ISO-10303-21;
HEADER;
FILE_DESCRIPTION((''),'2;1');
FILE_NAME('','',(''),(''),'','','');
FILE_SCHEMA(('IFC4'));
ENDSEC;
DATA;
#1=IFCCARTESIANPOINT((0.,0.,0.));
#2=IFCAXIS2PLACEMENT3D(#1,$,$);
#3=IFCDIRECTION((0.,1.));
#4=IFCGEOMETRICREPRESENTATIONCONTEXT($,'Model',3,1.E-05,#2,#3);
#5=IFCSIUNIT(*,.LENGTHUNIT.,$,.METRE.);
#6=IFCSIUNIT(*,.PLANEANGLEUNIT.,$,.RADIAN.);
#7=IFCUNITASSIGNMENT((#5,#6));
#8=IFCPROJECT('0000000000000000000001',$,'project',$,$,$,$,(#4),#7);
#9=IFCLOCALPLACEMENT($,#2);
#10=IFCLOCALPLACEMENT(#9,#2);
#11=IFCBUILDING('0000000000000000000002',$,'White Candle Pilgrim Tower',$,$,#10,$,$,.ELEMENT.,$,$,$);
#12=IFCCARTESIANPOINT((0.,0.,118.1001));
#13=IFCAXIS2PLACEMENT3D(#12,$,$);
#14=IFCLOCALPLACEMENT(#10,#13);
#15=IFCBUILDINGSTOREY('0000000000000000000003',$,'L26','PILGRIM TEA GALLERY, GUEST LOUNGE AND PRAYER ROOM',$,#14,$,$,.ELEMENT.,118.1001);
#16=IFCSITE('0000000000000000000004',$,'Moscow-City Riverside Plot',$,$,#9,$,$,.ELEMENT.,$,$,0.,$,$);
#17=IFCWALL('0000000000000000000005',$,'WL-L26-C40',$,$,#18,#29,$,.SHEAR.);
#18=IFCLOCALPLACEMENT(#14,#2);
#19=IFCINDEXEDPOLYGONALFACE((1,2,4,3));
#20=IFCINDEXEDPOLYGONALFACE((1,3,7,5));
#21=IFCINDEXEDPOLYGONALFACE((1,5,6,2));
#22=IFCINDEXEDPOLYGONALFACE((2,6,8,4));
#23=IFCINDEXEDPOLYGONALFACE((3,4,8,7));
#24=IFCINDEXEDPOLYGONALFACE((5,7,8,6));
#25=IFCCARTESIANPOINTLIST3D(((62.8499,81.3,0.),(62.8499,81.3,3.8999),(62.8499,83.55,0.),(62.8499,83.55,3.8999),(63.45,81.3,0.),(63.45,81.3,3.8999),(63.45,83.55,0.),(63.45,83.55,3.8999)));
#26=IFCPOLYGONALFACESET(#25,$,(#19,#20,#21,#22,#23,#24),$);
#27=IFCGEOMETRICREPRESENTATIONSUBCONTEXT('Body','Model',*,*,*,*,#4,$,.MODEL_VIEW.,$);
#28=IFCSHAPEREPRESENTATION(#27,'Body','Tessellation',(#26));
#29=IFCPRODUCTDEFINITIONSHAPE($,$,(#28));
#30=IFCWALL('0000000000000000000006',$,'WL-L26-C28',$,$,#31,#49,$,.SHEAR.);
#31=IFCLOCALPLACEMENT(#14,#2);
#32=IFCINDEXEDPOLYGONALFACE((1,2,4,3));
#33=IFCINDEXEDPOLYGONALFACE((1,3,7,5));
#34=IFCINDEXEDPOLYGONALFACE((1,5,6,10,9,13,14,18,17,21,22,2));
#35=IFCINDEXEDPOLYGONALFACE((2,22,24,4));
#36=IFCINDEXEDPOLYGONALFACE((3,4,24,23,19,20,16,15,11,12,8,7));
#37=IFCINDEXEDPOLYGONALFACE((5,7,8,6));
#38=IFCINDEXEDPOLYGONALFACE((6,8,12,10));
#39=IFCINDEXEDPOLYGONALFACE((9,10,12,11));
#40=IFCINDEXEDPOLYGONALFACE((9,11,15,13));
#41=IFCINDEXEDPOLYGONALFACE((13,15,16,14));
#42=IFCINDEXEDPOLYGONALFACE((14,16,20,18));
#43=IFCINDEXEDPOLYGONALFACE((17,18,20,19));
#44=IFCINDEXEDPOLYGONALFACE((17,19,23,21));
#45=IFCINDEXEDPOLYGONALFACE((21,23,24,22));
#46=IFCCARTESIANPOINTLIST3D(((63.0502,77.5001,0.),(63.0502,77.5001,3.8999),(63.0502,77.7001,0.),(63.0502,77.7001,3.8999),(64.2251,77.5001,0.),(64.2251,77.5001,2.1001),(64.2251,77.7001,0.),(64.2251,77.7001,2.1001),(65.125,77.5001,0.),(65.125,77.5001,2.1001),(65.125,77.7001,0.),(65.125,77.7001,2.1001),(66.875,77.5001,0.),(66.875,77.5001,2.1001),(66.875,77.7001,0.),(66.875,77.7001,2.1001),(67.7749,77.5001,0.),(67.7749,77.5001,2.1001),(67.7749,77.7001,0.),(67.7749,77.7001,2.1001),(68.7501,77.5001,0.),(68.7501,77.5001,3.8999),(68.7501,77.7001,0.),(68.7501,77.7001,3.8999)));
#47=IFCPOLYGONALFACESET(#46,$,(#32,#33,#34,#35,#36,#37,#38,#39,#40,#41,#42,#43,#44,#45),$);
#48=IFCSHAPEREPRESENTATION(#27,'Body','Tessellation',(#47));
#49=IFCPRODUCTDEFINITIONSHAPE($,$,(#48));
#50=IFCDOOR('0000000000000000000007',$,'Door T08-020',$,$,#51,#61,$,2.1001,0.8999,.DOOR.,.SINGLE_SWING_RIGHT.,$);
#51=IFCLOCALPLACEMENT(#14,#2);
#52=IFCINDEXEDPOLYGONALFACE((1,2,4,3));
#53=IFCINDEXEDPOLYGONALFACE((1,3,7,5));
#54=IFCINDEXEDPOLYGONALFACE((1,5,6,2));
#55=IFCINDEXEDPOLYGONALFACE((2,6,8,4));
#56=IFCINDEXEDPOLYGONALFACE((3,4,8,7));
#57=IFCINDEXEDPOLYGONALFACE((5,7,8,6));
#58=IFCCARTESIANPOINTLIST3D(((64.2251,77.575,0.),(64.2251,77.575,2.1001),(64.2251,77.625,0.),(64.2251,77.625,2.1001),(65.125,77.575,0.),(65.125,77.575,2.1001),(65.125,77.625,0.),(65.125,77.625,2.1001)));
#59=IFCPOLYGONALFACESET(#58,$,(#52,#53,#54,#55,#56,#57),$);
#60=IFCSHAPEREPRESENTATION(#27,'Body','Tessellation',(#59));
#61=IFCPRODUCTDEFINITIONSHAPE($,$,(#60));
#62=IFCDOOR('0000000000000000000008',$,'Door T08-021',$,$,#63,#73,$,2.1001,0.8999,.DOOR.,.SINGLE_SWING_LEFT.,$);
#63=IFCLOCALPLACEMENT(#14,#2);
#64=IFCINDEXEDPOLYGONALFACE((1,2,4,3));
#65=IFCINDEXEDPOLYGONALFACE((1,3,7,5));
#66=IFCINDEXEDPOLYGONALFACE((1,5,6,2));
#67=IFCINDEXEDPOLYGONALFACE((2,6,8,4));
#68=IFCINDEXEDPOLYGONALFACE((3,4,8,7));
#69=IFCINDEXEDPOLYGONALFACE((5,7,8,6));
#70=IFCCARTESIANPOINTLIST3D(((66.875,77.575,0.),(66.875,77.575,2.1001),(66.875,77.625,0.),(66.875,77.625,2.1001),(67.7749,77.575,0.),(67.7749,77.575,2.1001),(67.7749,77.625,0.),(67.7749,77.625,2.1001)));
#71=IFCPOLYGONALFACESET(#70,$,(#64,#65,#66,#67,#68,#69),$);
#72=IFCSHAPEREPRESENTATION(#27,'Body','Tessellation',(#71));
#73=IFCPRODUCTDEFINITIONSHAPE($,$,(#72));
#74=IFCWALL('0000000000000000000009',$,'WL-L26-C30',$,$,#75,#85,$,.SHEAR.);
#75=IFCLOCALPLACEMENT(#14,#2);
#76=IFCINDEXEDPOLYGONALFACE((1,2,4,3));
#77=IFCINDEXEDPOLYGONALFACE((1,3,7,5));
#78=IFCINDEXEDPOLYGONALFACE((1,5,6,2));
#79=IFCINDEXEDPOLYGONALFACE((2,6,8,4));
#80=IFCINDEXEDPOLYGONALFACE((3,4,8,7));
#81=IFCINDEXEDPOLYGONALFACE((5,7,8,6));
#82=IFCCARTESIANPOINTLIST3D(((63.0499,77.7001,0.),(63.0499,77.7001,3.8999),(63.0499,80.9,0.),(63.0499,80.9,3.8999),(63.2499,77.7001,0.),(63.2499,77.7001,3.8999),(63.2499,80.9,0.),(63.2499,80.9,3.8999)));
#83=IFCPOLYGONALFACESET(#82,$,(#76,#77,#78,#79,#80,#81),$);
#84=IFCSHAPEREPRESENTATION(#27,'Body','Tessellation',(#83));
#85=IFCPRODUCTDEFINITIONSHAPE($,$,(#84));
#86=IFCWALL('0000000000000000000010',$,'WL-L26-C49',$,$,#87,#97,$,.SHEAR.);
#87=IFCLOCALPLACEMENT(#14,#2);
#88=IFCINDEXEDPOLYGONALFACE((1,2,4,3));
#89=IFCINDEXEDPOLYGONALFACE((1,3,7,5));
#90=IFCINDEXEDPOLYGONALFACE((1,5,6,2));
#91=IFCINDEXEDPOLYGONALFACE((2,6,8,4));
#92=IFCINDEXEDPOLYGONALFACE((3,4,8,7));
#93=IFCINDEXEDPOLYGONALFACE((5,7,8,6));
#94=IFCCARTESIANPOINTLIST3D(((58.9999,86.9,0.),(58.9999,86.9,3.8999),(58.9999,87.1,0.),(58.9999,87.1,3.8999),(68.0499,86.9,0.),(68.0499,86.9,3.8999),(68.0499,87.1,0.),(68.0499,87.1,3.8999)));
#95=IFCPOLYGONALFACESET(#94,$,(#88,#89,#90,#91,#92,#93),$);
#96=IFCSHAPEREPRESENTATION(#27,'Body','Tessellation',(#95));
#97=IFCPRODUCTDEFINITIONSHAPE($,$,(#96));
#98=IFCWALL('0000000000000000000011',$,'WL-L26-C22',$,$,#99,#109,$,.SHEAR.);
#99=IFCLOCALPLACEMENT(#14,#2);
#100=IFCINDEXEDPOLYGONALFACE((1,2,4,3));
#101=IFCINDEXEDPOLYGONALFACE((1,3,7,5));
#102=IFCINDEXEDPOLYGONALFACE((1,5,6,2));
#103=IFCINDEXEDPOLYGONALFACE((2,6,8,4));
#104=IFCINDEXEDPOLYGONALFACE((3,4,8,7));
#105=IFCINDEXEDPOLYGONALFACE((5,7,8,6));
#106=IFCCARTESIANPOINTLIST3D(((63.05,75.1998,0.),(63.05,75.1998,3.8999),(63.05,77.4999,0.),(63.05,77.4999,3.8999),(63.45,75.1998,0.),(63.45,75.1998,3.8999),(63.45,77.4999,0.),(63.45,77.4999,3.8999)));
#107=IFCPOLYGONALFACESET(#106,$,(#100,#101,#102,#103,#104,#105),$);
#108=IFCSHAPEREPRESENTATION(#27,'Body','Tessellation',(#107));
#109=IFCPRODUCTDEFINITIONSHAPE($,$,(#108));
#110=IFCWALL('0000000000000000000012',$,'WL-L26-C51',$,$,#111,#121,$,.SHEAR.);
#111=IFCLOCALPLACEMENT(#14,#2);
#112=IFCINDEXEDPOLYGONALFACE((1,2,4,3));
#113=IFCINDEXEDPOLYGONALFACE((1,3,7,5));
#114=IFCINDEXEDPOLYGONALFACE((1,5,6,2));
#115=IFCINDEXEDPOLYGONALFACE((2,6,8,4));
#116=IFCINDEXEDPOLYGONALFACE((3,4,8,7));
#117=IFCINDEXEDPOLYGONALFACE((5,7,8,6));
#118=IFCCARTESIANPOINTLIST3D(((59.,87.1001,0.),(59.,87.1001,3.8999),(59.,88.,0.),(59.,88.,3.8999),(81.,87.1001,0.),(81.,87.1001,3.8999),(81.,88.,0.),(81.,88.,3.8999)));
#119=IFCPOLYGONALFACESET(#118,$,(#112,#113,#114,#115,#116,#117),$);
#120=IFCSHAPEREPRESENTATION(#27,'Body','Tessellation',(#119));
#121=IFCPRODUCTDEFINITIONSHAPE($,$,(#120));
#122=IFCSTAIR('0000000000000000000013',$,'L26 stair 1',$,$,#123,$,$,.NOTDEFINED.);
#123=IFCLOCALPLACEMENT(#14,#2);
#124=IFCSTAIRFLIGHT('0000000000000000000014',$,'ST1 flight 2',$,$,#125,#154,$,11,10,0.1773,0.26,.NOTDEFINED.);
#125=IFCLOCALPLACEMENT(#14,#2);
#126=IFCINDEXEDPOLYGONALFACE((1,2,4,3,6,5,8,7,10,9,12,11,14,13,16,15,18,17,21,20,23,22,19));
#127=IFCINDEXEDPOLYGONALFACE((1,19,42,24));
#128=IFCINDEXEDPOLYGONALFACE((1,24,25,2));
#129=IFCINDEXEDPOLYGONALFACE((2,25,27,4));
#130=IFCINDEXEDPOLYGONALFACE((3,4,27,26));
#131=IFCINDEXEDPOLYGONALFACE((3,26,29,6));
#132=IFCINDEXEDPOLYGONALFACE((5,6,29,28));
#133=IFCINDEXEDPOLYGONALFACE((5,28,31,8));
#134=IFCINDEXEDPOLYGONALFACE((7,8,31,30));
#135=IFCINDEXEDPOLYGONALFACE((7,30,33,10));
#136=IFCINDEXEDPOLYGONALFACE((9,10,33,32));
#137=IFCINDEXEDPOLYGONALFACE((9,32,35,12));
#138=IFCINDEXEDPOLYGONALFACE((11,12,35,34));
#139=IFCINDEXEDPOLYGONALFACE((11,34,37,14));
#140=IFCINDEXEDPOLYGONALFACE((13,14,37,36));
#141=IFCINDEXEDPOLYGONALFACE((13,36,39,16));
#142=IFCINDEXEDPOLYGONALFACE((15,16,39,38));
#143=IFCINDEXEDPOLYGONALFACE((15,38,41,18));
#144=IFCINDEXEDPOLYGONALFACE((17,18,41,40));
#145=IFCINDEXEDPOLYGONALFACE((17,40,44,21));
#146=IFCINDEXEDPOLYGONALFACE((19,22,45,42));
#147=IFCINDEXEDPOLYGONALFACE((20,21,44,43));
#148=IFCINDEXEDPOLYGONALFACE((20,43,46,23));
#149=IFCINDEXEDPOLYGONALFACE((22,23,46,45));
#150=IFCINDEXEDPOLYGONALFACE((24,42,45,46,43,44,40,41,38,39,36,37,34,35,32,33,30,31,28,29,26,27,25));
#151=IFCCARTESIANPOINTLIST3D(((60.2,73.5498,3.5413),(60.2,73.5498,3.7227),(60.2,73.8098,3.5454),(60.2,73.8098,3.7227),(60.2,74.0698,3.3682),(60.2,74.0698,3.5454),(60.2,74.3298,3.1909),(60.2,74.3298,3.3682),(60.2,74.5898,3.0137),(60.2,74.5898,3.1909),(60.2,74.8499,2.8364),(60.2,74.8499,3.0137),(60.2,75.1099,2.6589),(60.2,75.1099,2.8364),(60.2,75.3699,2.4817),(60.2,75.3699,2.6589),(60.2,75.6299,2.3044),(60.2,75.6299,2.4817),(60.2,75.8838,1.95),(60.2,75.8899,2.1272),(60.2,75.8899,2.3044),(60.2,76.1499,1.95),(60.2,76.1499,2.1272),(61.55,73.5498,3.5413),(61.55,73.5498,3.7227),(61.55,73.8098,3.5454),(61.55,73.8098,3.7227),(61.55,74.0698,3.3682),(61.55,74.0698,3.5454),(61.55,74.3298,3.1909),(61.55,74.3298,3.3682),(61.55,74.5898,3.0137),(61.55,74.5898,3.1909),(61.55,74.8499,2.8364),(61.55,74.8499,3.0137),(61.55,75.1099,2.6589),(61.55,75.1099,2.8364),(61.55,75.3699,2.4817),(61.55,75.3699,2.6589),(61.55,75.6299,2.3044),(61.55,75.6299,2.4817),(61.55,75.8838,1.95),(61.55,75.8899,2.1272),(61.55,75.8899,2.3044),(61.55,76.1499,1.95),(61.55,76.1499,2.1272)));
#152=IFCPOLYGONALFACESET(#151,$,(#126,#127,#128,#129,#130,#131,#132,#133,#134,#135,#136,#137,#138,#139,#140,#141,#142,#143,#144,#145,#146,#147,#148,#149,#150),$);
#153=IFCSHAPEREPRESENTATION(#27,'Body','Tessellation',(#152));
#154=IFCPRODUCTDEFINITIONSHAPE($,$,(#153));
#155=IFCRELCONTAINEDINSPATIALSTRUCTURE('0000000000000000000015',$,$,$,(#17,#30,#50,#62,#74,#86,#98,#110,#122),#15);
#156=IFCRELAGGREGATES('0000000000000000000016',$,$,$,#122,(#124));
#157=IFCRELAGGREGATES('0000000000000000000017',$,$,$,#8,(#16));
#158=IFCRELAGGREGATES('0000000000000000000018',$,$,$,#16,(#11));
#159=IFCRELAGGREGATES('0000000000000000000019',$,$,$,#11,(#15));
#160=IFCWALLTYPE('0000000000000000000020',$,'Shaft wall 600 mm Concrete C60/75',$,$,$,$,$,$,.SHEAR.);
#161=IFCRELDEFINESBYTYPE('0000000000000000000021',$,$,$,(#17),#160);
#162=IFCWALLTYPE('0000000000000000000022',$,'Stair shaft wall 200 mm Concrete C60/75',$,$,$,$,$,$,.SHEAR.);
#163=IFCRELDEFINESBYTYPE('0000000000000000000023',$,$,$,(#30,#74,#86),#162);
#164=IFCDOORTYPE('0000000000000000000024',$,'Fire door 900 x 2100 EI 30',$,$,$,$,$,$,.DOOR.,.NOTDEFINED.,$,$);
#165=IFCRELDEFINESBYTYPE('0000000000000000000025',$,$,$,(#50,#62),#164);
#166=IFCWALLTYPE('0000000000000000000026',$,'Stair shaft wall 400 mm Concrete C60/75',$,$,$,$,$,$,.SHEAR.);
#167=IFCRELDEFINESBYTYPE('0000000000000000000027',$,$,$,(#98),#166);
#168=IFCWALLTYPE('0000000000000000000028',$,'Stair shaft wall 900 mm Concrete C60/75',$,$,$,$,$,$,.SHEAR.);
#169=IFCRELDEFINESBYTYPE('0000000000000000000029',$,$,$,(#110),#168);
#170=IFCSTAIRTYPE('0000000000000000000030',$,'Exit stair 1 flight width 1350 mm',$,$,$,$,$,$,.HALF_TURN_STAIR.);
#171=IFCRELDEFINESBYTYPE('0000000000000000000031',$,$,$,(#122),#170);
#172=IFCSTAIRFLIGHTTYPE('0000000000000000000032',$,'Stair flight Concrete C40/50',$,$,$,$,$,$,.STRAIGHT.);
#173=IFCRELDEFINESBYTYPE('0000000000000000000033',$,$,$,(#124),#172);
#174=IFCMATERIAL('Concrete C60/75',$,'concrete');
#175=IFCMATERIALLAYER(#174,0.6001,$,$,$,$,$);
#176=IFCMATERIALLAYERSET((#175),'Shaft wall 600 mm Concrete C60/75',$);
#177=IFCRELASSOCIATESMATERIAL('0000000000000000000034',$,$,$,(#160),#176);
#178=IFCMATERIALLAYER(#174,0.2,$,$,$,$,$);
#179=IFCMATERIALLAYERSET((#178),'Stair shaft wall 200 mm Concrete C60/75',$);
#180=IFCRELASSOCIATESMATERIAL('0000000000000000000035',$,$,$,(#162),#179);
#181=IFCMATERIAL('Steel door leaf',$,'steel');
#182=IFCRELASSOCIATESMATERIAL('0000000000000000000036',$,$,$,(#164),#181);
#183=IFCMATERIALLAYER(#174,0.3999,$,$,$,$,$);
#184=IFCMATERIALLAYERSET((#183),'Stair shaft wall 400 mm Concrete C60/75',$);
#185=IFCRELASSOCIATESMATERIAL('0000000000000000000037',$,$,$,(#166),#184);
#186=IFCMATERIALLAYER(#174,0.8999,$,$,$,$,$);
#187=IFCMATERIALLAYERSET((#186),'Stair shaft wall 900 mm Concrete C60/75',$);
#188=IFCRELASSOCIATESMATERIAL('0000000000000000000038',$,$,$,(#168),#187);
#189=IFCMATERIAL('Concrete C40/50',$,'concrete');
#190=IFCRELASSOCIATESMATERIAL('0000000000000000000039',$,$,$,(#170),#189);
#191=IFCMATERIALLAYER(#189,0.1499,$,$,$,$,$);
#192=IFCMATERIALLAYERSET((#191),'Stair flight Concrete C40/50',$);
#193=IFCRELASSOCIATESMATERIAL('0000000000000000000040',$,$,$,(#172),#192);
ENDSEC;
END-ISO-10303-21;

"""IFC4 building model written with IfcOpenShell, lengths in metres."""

from ifc_helpers import new_model, si_unit, direction, frame, frame_2d, origin, place, context, subcontext, project, spatial, polyline, rectangle, outline, extrude, material, layer, layer_set, type_object, element, fill, aggregate, save


model = new_model("IFC4")

# Units and contexts
model_context = context("Model", 3, precision=1e-05, world=origin(), true_north=direction((0.0, 1.0)))
body_context = subcontext(model_context, "Body", "Model", "MODEL_VIEW")
ifc_project = project(units=[si_unit("LENGTHUNIT", "METRE"), si_unit("PLANEANGLEUNIT", "RADIAN")], contexts=[model_context])

# Site, building, storey
site_placement = place(None, origin())
site = spatial("IfcSite", under=ifc_project, at=site_placement, Name="Moscow-City Riverside Plot", CompositionType="ELEMENT", RefElevation=0.0)
building_placement = place(site_placement, origin())
building = spatial("IfcBuilding", under=site, at=building_placement, Name="White Candle Pilgrim Tower", CompositionType="ELEMENT")
storey_placement = place(building_placement, frame((0.0, 0.0, 118.1001)))
storey = spatial("IfcBuildingStorey", under=building, at=storey_placement, Name="L26", Description="PILGRIM TEA GALLERY, GUEST LOUNGE AND PRAYER ROOM", CompositionType="ELEMENT", Elevation=118.1001)

# Shared definitions
ifc_material_1 = material(Name="Concrete C60/75", Category="concrete")
ifc_material_2 = material(Name="Steel door leaf", Category="steel")

# Wall
ifc_layer_1 = layer(ifc_material_1, 0.6001)
ifc_layer_set_1 = layer_set([ifc_layer_1], Name="Shaft wall 600 mm Concrete C60/75")
wall_type_1 = type_object("IfcWallType", Name="Shaft wall 600 mm Concrete C60/75", PredefinedType="SHEAR", material=ifc_layer_set_1)
wall_1_placement = place(storey_placement, frame((63.1499, 81.3, 0.0), z_axis=(0.0, 0.0, 1.0), x_axis=(0.0, 1.0, 0.0)))
element("IfcWall", 1, at=wall_1_placement, inside=storey, type_object=wall_type_1, Name="WL-L26-C40", PredefinedType="SHEAR", context=body_context, shape_type="SweptSolid", body=[
    extrude(rectangle(XDim=2.25, YDim=0.6001, at=frame_2d((1.125, 0.0))), origin(), (0.0, 0.0, 1.0), 3.8999),
])

# Wall, openings, doors
ifc_layer_2 = layer(ifc_material_1, 0.2)
ifc_layer_set_2 = layer_set([ifc_layer_2], Name="Stair shaft wall 200 mm Concrete C60/75")
wall_type_2 = type_object("IfcWallType", Name="Stair shaft wall 200 mm Concrete C60/75", PredefinedType="SHEAR", material=ifc_layer_set_2)
wall_2_placement = place(storey_placement, frame((63.05, 77.6001, 0.0), z_axis=(0.0, 0.0, 1.0), x_axis=(1.0, 0.0, 0.0)))
wall_2 = element("IfcWall", 2, at=wall_2_placement, inside=storey, type_object=wall_type_2, Name="WL-L26-C28", PredefinedType="SHEAR", context=body_context, shape_type="SweptSolid", body=[
    extrude(rectangle(XDim=5.7, YDim=0.2, at=frame_2d((2.8501, 0.0))), origin(), (0.0, 0.0, 1.0), 3.8999),
])
opening_1_placement = place(wall_2_placement, frame((1.175, 0.0, 0.0)))
opening_1 = element("IfcOpeningElement", 3, at=opening_1_placement, cuts=wall_2, PredefinedType="OPENING", context=body_context, shape_type="SweptSolid", body=[
    extrude(rectangle(XDim=0.8999, YDim=2.1001, at=frame_2d((0.45, 1.05))), frame((0.0, 0.1099, 0.0), z_axis=(0.0, -1.0, 0.0), x_axis=(1.0, 0.0, 0.0)), (0.0, 0.0, 1.0), 0.22),
])
opening_2_placement = place(wall_2_placement, frame((3.825, 0.0, 0.0)))
opening_2 = element("IfcOpeningElement", 4, at=opening_2_placement, cuts=wall_2, PredefinedType="OPENING", context=body_context, shape_type="SweptSolid", body=[
    extrude(rectangle(XDim=0.8999, YDim=2.1001, at=frame_2d((0.45, 1.05))), frame((0.0, 0.1099, 0.0), z_axis=(0.0, -1.0, 0.0), x_axis=(1.0, 0.0, 0.0)), (0.0, 0.0, 1.0), 0.22),
])
door_type_1 = type_object("IfcDoorType", Name="Fire door 900 x 2100 EI 30", OperationType="NOTDEFINED", PredefinedType="DOOR", material=ifc_material_2)
door_1_placement = place(opening_1_placement, origin())
door_1 = element("IfcDoor", 5, at=door_1_placement, inside=storey, type_object=door_type_1, Name="Door T08-020", OperationType="SINGLE_SWING_RIGHT", OverallHeight=2.1001, OverallWidth=0.8999, PredefinedType="DOOR", context=body_context, shape_type="SweptSolid", body=[
    extrude(rectangle(XDim=0.8999, YDim=2.1001, at=frame_2d((0.45, 1.05))), frame((0.0, 0.0249, 0.0), z_axis=(0.0, -1.0, 0.0), x_axis=(1.0, 0.0, 0.0)), (0.0, 0.0, 1.0), 0.05),
])
fill(opening_1, door_1)
door_2_placement = place(opening_2_placement, origin())
door_2 = element("IfcDoor", 6, at=door_2_placement, inside=storey, type_object=door_type_1, Name="Door T08-021", OperationType="SINGLE_SWING_LEFT", OverallHeight=2.1001, OverallWidth=0.8999, PredefinedType="DOOR", context=body_context, shape_type="SweptSolid", body=[
    extrude(rectangle(XDim=0.8999, YDim=2.1001, at=frame_2d((0.45, 1.05))), frame((0.0, 0.0249, 0.0), z_axis=(0.0, -1.0, 0.0), x_axis=(1.0, 0.0, 0.0)), (0.0, 0.0, 1.0), 0.05),
])
fill(opening_2, door_2)

# Walls
wall_3_placement = place(storey_placement, frame((63.1499, 77.7, 0.0), z_axis=(0.0, 0.0, 1.0), x_axis=(0.0, 1.0, 0.0)))
element("IfcWall", 7, at=wall_3_placement, inside=storey, type_object=wall_type_2, Name="WL-L26-C30", PredefinedType="SHEAR", context=body_context, shape_type="SweptSolid", body=[
    extrude(rectangle(XDim=3.2, YDim=0.2, at=frame_2d((1.6001, 0.0))), origin(), (0.0, 0.0, 1.0), 3.8999),
])
wall_4_placement = place(storey_placement, frame((59.0, 87.0, 0.0), z_axis=(0.0, 0.0, 1.0), x_axis=(1.0, 0.0, 0.0)))
element("IfcWall", 8, at=wall_4_placement, inside=storey, type_object=wall_type_2, Name="WL-L26-C49", PredefinedType="SHEAR", context=body_context, shape_type="SweptSolid", body=[
    extrude(rectangle(XDim=9.05, YDim=0.2, at=frame_2d((4.5249, 0.0))), origin(), (0.0, 0.0, 1.0), 3.8999),
])
ifc_layer_3 = layer(ifc_material_1, 0.3999)
ifc_layer_set_3 = layer_set([ifc_layer_3], Name="Stair shaft wall 400 mm Concrete C60/75")
wall_type_3 = type_object("IfcWallType", Name="Stair shaft wall 400 mm Concrete C60/75", PredefinedType="SHEAR", material=ifc_layer_set_3)
wall_5_placement = place(storey_placement, frame((63.25, 75.2, 0.0), z_axis=(0.0, 0.0, 1.0), x_axis=(0.0, 1.0, 0.0)))
element("IfcWall", 9, at=wall_5_placement, inside=storey, type_object=wall_type_3, Name="WL-L26-C22", PredefinedType="SHEAR", context=body_context, shape_type="SweptSolid", body=[
    extrude(rectangle(XDim=2.3, YDim=0.3999, at=frame_2d((1.1499, 0.0))), origin(), (0.0, 0.0, 1.0), 3.8999),
])
ifc_layer_4 = layer(ifc_material_1, 0.8999)
ifc_layer_set_4 = layer_set([ifc_layer_4], Name="Stair shaft wall 900 mm Concrete C60/75")
wall_type_4 = type_object("IfcWallType", Name="Stair shaft wall 900 mm Concrete C60/75", PredefinedType="SHEAR", material=ifc_layer_set_4)
wall_6_placement = place(storey_placement, frame((59.0, 87.55, 0.0), z_axis=(0.0, 0.0, 1.0), x_axis=(1.0, 0.0, 0.0)))
element("IfcWall", 10, at=wall_6_placement, inside=storey, type_object=wall_type_4, Name="WL-L26-C51", PredefinedType="SHEAR", context=body_context, shape_type="SweptSolid", body=[
    extrude(rectangle(XDim=22.0, YDim=0.8999, at=frame_2d((11.0, 0.0))), origin(), (0.0, 0.0, 1.0), 3.8999),
])

# Stair, stair flight
ifc_material_3 = material(Name="Concrete C40/50", Category="concrete")
stair_type = type_object("IfcStairType", Name="Exit stair 1 flight width 1350 mm", PredefinedType="HALF_TURN_STAIR", material=ifc_material_3)
stair_placement = place(storey_placement, origin())
stair = element("IfcStair", 11, at=stair_placement, inside=storey, type_object=stair_type, Name="L26 stair 1", PredefinedType="NOTDEFINED")
ifc_layer_5 = layer(ifc_material_3, 0.1499)
ifc_layer_set_5 = layer_set([ifc_layer_5], Name="Stair flight Concrete C40/50")
stair_flight_type = type_object("IfcStairFlightType", Name="Stair flight Concrete C40/50", PredefinedType="STRAIGHT", material=ifc_layer_set_5)
stair_flight_placement = place(storey_placement, frame((60.875, 76.1499, 1.95), z_axis=(0.0, 0.0, 1.0), x_axis=(0.0, -1.0, 0.0)))
stair_flight = element("IfcStairFlight", 12, at=stair_flight_placement, type_object=stair_flight_type, Name="ST1 flight 2", NumberOfRisers=11, NumberOfTreads=10, PredefinedType="NOTDEFINED", RiserHeight=0.1773, TreadLength=0.26, context=body_context, shape_type="SweptSolid", body=[
    extrude(outline(polyline([(0.0, 0.0), (0.0, 0.1772), (0.26, 0.1772), (0.26, 0.3545), (0.52, 0.3545), (0.52, 0.5317), (0.78, 0.5317), (0.78, 0.709), (1.04, 0.709), (1.04, 0.8865), (1.3, 0.8865), (1.3, 1.0637), (1.5601, 1.0637), (1.5601, 1.241), (1.8201, 1.241), (1.8201, 1.4182), (2.0801, 1.4182), (2.0801, 1.5955), (2.3401, 1.5955), (2.3401, 1.7727), (2.6001, 1.7727), (2.6001, 1.95), (2.6001, 1.5913), (0.2661, 0.0), (0.0, 0.0)])), frame((0.0, 0.675, 0.0), z_axis=(0.0, -1.0, 0.0), x_axis=(1.0, 0.0, 0.0)), (0.0, 0.0, 1.0), 1.3501),
])
aggregate(stair, [stair_flight])

save(model, "model.ifc")
